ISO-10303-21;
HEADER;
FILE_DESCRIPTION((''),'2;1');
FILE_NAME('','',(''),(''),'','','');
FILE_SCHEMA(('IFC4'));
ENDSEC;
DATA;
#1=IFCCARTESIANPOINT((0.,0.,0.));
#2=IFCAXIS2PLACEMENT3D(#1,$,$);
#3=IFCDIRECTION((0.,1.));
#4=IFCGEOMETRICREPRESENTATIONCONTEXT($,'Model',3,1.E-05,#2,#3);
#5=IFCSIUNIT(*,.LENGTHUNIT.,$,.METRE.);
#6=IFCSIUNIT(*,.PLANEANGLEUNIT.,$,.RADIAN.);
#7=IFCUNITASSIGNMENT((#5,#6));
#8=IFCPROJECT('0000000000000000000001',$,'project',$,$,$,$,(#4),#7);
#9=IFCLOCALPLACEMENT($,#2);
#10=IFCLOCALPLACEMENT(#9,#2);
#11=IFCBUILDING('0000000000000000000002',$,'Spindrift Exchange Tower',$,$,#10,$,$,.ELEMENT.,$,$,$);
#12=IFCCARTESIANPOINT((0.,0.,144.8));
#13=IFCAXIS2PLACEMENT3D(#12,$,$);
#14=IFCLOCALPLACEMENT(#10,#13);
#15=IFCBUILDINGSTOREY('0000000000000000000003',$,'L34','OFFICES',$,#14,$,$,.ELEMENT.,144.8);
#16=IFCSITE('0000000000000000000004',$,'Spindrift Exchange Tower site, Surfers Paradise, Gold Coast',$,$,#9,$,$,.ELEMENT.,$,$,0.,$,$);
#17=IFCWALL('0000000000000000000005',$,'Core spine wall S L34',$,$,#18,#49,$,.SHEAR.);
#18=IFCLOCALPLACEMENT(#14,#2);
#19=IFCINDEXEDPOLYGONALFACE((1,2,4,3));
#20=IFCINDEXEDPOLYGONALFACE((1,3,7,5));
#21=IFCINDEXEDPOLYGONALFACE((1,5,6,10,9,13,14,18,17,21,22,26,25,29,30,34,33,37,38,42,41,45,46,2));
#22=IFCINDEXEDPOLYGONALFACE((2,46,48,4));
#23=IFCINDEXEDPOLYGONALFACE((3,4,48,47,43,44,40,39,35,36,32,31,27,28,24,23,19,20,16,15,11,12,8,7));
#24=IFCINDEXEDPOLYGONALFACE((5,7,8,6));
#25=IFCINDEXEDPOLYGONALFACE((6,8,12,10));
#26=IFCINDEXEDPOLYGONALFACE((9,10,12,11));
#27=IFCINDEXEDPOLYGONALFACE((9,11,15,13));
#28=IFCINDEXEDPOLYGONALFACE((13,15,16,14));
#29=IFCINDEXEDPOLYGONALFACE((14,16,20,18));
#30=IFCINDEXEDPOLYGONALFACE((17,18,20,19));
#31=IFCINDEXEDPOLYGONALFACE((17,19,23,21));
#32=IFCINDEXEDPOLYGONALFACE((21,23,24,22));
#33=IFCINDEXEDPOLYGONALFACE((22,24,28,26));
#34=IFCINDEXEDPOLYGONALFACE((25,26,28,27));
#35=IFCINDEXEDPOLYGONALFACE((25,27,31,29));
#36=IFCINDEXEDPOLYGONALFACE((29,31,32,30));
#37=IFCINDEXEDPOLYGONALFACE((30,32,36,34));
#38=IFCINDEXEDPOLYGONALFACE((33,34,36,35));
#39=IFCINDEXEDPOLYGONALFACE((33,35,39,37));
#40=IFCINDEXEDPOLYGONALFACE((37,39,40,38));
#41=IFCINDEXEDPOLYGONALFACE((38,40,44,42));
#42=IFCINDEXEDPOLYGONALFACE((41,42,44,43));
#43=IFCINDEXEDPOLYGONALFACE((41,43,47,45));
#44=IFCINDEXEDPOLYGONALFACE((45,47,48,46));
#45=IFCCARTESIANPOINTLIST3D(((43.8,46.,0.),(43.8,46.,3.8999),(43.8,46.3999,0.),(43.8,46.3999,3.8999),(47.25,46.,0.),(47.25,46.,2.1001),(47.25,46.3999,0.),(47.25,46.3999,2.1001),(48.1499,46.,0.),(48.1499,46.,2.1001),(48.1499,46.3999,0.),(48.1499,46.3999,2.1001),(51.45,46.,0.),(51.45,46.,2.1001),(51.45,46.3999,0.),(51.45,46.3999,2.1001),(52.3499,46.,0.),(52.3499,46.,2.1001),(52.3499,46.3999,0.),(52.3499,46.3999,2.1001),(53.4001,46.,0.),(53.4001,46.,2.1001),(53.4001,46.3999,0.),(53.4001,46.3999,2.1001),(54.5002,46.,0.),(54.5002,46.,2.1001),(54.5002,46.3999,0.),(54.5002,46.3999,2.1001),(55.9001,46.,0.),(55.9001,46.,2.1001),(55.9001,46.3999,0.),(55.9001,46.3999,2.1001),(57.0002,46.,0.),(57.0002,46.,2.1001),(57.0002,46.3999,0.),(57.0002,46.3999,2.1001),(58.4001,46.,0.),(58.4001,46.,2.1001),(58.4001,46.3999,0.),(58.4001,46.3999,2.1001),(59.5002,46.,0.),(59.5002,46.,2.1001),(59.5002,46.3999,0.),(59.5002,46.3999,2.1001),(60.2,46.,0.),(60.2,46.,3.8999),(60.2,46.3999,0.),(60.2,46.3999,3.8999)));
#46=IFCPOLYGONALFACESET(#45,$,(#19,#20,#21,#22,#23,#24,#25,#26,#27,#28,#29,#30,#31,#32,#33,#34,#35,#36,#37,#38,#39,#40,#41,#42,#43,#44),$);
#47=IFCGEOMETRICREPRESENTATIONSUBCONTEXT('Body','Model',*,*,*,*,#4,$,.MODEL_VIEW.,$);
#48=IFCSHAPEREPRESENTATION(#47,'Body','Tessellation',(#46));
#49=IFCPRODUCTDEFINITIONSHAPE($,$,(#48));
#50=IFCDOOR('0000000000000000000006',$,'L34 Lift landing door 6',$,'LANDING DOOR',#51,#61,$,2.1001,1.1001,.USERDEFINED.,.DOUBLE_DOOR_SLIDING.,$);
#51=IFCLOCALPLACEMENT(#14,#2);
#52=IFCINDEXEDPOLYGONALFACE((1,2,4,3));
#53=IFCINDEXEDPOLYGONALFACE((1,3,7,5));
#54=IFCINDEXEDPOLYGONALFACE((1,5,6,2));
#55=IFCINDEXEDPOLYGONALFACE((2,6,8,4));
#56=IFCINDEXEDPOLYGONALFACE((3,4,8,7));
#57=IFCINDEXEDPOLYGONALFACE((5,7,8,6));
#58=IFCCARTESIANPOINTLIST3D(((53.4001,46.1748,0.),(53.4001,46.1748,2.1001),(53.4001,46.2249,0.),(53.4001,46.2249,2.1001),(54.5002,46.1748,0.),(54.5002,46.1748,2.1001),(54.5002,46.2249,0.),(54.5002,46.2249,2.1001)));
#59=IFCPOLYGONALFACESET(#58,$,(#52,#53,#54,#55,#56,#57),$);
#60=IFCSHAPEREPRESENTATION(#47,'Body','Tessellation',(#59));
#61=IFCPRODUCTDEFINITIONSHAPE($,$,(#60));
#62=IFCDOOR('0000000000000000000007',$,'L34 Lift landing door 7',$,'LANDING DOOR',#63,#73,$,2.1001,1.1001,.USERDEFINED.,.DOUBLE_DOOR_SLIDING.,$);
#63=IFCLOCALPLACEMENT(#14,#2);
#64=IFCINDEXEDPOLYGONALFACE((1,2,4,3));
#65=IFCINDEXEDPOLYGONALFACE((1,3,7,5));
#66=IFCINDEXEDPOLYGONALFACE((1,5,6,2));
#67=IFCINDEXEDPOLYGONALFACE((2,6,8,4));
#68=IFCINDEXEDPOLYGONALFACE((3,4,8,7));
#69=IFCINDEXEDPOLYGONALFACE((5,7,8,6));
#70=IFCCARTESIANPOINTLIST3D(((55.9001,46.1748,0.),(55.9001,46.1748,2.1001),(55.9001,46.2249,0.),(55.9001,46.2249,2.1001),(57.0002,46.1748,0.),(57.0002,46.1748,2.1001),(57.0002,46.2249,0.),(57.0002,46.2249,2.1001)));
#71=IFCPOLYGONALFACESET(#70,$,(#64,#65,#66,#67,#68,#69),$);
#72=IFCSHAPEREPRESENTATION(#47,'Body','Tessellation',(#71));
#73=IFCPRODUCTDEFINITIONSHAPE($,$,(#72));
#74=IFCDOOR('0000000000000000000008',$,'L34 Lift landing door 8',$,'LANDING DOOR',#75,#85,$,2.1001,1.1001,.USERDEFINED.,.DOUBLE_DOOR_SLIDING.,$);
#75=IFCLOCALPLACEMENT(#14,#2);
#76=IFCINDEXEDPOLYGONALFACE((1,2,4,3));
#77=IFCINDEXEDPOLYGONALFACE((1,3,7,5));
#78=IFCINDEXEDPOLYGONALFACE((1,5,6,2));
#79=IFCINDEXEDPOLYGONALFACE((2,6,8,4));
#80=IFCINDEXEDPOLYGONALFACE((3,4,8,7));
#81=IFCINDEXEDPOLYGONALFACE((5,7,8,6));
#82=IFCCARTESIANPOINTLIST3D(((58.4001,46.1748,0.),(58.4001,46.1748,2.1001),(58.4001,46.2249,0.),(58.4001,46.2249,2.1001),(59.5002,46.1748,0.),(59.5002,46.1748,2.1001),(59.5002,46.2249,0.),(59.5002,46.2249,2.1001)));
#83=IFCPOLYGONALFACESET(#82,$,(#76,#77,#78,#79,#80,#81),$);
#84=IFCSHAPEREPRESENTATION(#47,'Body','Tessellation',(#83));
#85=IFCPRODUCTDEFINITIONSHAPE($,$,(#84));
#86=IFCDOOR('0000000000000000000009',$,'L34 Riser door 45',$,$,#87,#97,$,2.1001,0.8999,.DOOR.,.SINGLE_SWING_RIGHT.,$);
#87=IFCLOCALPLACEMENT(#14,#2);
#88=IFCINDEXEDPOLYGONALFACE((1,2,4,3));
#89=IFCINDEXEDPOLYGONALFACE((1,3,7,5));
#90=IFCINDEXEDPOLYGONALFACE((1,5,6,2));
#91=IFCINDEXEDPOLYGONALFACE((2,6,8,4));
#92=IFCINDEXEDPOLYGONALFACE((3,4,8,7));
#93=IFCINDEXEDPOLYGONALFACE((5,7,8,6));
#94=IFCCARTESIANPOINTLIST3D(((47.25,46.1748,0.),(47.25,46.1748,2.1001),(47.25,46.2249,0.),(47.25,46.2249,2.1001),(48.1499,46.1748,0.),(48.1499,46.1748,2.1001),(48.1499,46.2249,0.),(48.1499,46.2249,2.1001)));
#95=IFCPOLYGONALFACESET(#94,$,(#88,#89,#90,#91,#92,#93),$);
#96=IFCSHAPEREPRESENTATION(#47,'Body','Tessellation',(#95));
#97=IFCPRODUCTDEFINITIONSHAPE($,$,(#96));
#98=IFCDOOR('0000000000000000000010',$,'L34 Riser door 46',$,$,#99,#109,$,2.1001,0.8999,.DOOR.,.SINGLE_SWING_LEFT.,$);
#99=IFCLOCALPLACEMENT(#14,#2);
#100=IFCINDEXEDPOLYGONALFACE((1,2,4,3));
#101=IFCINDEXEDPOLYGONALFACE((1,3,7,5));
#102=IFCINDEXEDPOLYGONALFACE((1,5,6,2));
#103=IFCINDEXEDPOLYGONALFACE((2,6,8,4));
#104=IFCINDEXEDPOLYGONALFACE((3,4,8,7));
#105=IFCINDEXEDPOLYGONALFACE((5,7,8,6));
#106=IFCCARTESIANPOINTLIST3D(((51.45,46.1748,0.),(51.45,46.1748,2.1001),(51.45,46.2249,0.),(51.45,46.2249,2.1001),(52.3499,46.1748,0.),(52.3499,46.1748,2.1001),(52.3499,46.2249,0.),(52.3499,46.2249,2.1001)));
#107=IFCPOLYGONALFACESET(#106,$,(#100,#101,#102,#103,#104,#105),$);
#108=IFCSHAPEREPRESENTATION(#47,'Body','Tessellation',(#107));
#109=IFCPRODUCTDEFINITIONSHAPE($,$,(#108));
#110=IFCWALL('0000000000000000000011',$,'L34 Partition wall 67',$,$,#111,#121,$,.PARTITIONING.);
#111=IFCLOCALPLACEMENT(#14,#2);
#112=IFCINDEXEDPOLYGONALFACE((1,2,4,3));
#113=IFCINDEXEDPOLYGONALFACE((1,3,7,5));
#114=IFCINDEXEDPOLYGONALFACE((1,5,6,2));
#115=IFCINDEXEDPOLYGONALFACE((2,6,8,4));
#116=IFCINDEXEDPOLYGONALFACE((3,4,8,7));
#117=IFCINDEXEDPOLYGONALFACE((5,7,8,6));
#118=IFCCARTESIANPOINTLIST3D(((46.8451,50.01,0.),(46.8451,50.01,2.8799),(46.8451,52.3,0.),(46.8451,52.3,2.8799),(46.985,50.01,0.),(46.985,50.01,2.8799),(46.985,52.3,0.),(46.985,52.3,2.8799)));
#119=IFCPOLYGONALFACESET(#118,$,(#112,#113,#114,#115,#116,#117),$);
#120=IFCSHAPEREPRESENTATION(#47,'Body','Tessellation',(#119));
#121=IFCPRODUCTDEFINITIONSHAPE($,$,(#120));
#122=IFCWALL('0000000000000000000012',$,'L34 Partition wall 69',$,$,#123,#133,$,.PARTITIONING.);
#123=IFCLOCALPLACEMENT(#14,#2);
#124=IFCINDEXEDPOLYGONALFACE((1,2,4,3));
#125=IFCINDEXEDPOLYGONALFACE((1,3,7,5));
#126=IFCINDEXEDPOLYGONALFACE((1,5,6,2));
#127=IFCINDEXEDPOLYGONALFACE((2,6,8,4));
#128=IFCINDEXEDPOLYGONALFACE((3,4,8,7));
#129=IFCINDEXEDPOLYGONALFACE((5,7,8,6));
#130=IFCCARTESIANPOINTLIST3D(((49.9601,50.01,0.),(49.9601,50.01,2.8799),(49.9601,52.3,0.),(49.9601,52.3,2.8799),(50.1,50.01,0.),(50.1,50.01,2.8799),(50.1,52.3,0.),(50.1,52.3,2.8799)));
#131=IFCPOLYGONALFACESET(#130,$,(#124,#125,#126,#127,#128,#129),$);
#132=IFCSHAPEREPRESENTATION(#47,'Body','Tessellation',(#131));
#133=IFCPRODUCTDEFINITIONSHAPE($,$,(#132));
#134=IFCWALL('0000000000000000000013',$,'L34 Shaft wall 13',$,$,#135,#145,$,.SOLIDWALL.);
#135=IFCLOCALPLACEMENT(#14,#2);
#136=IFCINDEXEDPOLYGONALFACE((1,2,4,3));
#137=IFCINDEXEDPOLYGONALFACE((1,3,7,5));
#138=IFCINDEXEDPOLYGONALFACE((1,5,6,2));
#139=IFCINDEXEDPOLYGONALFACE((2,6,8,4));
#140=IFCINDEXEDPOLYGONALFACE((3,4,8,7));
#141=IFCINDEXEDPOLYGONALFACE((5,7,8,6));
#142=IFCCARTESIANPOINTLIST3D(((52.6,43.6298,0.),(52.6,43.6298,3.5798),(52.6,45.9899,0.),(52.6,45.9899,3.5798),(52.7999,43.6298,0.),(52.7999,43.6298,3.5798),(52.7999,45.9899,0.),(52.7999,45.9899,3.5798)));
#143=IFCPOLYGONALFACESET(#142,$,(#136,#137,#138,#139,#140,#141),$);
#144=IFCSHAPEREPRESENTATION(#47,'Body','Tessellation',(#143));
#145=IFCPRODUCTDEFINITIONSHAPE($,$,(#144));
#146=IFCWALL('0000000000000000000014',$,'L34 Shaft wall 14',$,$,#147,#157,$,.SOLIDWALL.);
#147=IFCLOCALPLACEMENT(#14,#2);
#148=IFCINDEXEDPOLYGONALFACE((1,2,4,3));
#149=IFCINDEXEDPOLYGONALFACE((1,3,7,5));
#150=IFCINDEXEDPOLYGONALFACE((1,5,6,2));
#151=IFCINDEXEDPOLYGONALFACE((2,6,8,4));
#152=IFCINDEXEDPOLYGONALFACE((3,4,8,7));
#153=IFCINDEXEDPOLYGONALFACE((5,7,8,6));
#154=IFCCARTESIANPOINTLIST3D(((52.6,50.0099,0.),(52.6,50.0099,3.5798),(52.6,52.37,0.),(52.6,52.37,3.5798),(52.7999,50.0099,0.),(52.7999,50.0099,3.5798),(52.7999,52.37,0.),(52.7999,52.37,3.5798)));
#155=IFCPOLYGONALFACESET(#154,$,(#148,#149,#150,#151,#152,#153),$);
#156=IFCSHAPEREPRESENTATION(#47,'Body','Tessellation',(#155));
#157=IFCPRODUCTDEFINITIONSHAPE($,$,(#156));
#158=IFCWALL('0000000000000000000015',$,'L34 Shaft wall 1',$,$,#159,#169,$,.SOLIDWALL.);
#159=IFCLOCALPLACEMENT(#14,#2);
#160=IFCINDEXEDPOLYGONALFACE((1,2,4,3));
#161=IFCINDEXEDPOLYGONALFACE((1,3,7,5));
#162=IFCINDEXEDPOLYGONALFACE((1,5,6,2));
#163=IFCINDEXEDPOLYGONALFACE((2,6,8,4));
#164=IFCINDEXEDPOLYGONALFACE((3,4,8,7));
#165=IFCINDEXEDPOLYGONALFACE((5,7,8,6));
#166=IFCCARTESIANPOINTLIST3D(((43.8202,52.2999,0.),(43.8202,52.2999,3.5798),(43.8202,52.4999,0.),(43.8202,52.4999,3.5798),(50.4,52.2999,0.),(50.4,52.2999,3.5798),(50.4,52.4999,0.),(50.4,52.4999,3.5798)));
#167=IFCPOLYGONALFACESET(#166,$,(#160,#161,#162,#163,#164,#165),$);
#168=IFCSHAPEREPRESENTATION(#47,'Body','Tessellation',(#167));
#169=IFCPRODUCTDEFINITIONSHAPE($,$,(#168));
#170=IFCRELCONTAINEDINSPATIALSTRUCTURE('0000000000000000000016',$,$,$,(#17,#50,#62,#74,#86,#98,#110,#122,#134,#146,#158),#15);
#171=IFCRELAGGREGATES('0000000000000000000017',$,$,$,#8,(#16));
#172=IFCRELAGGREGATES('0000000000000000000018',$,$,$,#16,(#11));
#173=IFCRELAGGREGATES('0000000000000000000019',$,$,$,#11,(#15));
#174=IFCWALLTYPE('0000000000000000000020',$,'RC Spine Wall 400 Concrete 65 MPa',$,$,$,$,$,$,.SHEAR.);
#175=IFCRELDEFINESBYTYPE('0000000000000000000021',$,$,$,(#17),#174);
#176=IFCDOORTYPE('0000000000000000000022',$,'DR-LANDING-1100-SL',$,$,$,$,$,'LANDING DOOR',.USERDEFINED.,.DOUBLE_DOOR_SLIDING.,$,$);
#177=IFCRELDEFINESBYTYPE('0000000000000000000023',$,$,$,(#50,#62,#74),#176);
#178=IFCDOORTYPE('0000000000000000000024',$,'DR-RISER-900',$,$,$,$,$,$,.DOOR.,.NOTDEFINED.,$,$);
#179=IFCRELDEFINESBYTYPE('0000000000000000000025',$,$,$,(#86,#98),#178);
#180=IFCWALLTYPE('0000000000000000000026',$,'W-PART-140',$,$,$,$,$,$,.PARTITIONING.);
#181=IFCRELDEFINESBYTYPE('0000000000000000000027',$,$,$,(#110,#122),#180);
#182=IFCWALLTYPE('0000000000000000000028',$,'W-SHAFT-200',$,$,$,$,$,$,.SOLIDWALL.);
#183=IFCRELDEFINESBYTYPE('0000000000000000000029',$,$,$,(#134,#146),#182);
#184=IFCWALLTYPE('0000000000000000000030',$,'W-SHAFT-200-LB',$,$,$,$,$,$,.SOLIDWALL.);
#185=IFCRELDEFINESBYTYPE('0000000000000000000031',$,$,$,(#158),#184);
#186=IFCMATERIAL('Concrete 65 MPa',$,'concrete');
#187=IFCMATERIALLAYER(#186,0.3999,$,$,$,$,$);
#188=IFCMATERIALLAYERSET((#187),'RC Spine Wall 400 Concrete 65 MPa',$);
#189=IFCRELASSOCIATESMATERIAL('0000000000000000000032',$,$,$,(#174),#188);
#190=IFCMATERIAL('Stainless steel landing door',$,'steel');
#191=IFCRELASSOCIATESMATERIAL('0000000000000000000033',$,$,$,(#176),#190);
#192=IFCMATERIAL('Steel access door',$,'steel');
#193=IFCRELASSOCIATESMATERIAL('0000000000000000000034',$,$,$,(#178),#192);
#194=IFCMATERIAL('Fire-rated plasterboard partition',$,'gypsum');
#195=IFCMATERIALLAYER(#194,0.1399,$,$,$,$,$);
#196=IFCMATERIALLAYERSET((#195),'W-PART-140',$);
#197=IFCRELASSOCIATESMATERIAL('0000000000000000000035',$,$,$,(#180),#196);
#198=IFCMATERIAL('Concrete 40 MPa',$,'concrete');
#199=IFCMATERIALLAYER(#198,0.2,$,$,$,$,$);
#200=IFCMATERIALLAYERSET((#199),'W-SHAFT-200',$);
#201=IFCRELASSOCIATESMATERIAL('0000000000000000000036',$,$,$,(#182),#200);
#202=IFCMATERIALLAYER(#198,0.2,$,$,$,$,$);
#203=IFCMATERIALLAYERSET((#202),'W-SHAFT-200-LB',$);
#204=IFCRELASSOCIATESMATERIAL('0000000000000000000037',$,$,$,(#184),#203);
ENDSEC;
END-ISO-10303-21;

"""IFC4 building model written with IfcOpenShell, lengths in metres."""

from ifc_helpers import new_model, si_unit, direction, frame, frame_2d, origin, place, context, subcontext, project, spatial, rectangle, extrude, source, transform, mapped, material, layer, layer_set, type_object, element, fill, save


model = new_model("IFC4")

# Units and contexts
model_context = context("Model", 3, precision=1e-05, world=origin(), true_north=direction((0.0, 1.0)))
body_context = subcontext(model_context, "Body", "Model", "MODEL_VIEW")
ifc_project = project(units=[si_unit("LENGTHUNIT", "METRE"), si_unit("PLANEANGLEUNIT", "RADIAN")], contexts=[model_context])

# Site, building, storey
site_placement = place(None, origin())
site = spatial("IfcSite", under=ifc_project, at=site_placement, Name="Spindrift Exchange Tower site, Surfers Paradise, Gold Coast", CompositionType="ELEMENT", RefElevation=0.0)
building_placement = place(site_placement, origin())
building = spatial("IfcBuilding", under=site, at=building_placement, Name="Spindrift Exchange Tower", CompositionType="ELEMENT")
storey_placement = place(building_placement, frame((0.0, 0.0, 144.8)))
storey = spatial("IfcBuildingStorey", under=building, at=storey_placement, Name="L34", Description="OFFICES", CompositionType="ELEMENT", Elevation=144.8)

# Wall, openings, doors
ifc_material_1 = material(Name="Concrete 65 MPa", Category="concrete")
ifc_layer_1 = layer(ifc_material_1, 0.3999)
ifc_layer_set_1 = layer_set([ifc_layer_1], Name="RC Spine Wall 400 Concrete 65 MPa")
wall_type_1 = type_object("IfcWallType", Name="RC Spine Wall 400 Concrete 65 MPa", PredefinedType="SHEAR", material=ifc_layer_set_1)
ifc_material_2 = material(Name="Stainless steel landing door", Category="steel")
door_type_1 = type_object("IfcDoorType", Name="DR-LANDING-1100-SL", ElementType="LANDING DOOR", OperationType="DOUBLE_DOOR_SLIDING", PredefinedType="USERDEFINED", material=ifc_material_2)
shared_shape_1 = source(origin(), body_context, "Body", "SweptSolid", [
    extrude(rectangle(XDim=1.1001, YDim=2.1001, at=frame_2d((0.55, 1.05))), frame((0.0, 0.0249, 0.0), z_axis=(0.0, -1.0, 0.0), x_axis=(1.0, 0.0, 0.0)), (0.0, 0.0, 1.0), 0.05),
])
ifc_material_3 = material(Name="Steel access door", Category="steel")
door_type_2 = type_object("IfcDoorType", Name="DR-RISER-900", OperationType="NOTDEFINED", PredefinedType="DOOR", material=ifc_material_3)
shared_shape_2 = source(origin(), body_context, "Body", "SweptSolid", [
    extrude(rectangle(XDim=0.8999, YDim=2.1001, at=frame_2d((0.45, 1.05))), frame((0.0, 0.0249, 0.0), z_axis=(0.0, -1.0, 0.0), x_axis=(1.0, 0.0, 0.0)), (0.0, 0.0, 1.0), 0.05),
])
wall_1_placement = place(storey_placement, frame((43.8, 46.2, 0.0), z_axis=(0.0, 0.0, 1.0), x_axis=(1.0, 0.0, 0.0)))
wall_1 = element("IfcWall", 1, at=wall_1_placement, inside=storey, type_object=wall_type_1, Name="Core spine wall S L34", PredefinedType="SHEAR", context=body_context, shape_type="SweptSolid", body=[
    extrude(rectangle(XDim=16.3999, YDim=0.3999, at=frame_2d((8.2, 0.0))), origin(), (0.0, 0.0, 1.0), 3.8999),
])
opening_1_placement = place(wall_1_placement, frame((9.6001, 0.0, 0.0)))
opening_1 = element("IfcOpeningElement", 2, at=opening_1_placement, cuts=wall_1, PredefinedType="OPENING", context=body_context, shape_type="SweptSolid", body=[
    extrude(rectangle(XDim=1.1001, YDim=2.1001, at=frame_2d((0.55, 1.05))), frame((0.0, 0.21, 0.0), z_axis=(0.0, -1.0, 0.0), x_axis=(1.0, 0.0, 0.0)), (0.0, 0.0, 1.0), 0.4199),
])
opening_2_placement = place(wall_1_placement, frame((12.1001, 0.0, 0.0)))
opening_2 = element("IfcOpeningElement", 3, at=opening_2_placement, cuts=wall_1, PredefinedType="OPENING", context=body_context, shape_type="SweptSolid", body=[
    extrude(rectangle(XDim=1.1001, YDim=2.1001, at=frame_2d((0.55, 1.05))), frame((0.0, 0.21, 0.0), z_axis=(0.0, -1.0, 0.0), x_axis=(1.0, 0.0, 0.0)), (0.0, 0.0, 1.0), 0.4199),
])
opening_3_placement = place(wall_1_placement, frame((14.6001, 0.0, 0.0)))
opening_3 = element("IfcOpeningElement", 4, at=opening_3_placement, cuts=wall_1, PredefinedType="OPENING", context=body_context, shape_type="SweptSolid", body=[
    extrude(rectangle(XDim=1.1001, YDim=2.1001, at=frame_2d((0.55, 1.05))), frame((0.0, 0.21, 0.0), z_axis=(0.0, -1.0, 0.0), x_axis=(1.0, 0.0, 0.0)), (0.0, 0.0, 1.0), 0.4199),
])
opening_4_placement = place(wall_1_placement, frame((3.45, 0.0, 0.0)))
opening_4 = element("IfcOpeningElement", 5, at=opening_4_placement, cuts=wall_1, PredefinedType="OPENING", context=body_context, shape_type="SweptSolid", body=[
    extrude(rectangle(XDim=0.8999, YDim=2.1001, at=frame_2d((0.45, 1.05))), frame((0.0, 0.21, 0.0), z_axis=(0.0, -1.0, 0.0), x_axis=(1.0, 0.0, 0.0)), (0.0, 0.0, 1.0), 0.4199),
])
opening_5_placement = place(wall_1_placement, frame((7.6499, 0.0, 0.0)))
opening_5 = element("IfcOpeningElement", 6, at=opening_5_placement, cuts=wall_1, PredefinedType="OPENING", context=body_context, shape_type="SweptSolid", body=[
    extrude(rectangle(XDim=0.8999, YDim=2.1001, at=frame_2d((0.45, 1.05))), frame((0.0, 0.21, 0.0), z_axis=(0.0, -1.0, 0.0), x_axis=(1.0, 0.0, 0.0)), (0.0, 0.0, 1.0), 0.4199),
])
door_1_placement = place(opening_1_placement, origin())
door_1 = element("IfcDoor", 7, at=door_1_placement, inside=storey, type_object=door_type_1, Name="L34 Lift landing door 6", ObjectType="LANDING DOOR", OperationType="DOUBLE_DOOR_SLIDING", OverallHeight=2.1001, OverallWidth=1.1001, PredefinedType="USERDEFINED", context=body_context, shape_type="MappedRepresentation", body=[
    mapped(shared_shape_1, transform((0.0, 0.0, 0.0), scale=1.0)),
])
fill(opening_1, door_1)
door_2_placement = place(opening_2_placement, origin())
door_2 = element("IfcDoor", 8, at=door_2_placement, inside=storey, type_object=door_type_1, Name="L34 Lift landing door 7", ObjectType="LANDING DOOR", OperationType="DOUBLE_DOOR_SLIDING", OverallHeight=2.1001, OverallWidth=1.1001, PredefinedType="USERDEFINED", context=body_context, shape_type="MappedRepresentation", body=[
    mapped(shared_shape_1, transform((0.0, 0.0, 0.0), scale=1.0)),
])
fill(opening_2, door_2)
door_3_placement = place(opening_3_placement, origin())
door_3 = element("IfcDoor", 9, at=door_3_placement, inside=storey, type_object=door_type_1, Name="L34 Lift landing door 8", ObjectType="LANDING DOOR", OperationType="DOUBLE_DOOR_SLIDING", OverallHeight=2.1001, OverallWidth=1.1001, PredefinedType="USERDEFINED", context=body_context, shape_type="MappedRepresentation", body=[
    mapped(shared_shape_1, transform((0.0, 0.0, 0.0), scale=1.0)),
])
fill(opening_3, door_3)
door_4_placement = place(opening_4_placement, origin())
door_4 = element("IfcDoor", 10, at=door_4_placement, inside=storey, type_object=door_type_2, Name="L34 Riser door 45", OperationType="SINGLE_SWING_RIGHT", OverallHeight=2.1001, OverallWidth=0.8999, PredefinedType="DOOR", context=body_context, shape_type="MappedRepresentation", body=[
    mapped(shared_shape_2, transform((0.0, 0.0, 0.0), scale=1.0)),
])
fill(opening_4, door_4)
door_5_placement = place(opening_5_placement, origin())
door_5 = element("IfcDoor", 11, at=door_5_placement, inside=storey, type_object=door_type_2, Name="L34 Riser door 46", OperationType="SINGLE_SWING_LEFT", OverallHeight=2.1001, OverallWidth=0.8999, PredefinedType="DOOR", context=body_context, shape_type="MappedRepresentation", body=[
    mapped(shared_shape_2, transform((0.0, 0.0, 0.0), scale=1.0)),
])
fill(opening_5, door_5)

# Walls
ifc_material_4 = material(Name="Fire-rated plasterboard partition", Category="gypsum")
ifc_layer_2 = layer(ifc_material_4, 0.1399)
ifc_layer_set_2 = layer_set([ifc_layer_2], Name="W-PART-140")
wall_type_2 = type_object("IfcWallType", Name="W-PART-140", PredefinedType="PARTITIONING", material=ifc_layer_set_2)
for number, where, z_axis, x_axis, name in (
    (12, (46.915, 50.01, 0.0), (0.0, 0.0, 1.0), (0.0, 1.0, 0.0), "L34 Partition wall 67"),
    (13, (50.03, 50.01, 0.0), (0.0, 0.0, 1.0), (0.0, 1.0, 0.0), "L34 Partition wall 69"),
):
    element("IfcWall", number, at=place(storey_placement, frame(where, z_axis=z_axis, x_axis=x_axis)), inside=storey, type_object=wall_type_2, Name=name, PredefinedType="PARTITIONING", context=body_context, shape_type="SweptSolid", body=[
        extrude(rectangle(XDim=2.29, YDim=0.1399, at=frame_2d((1.145, 0.0))), origin(), (0.0, 0.0, 1.0), 2.8799),
    ])
ifc_material_5 = material(Name="Concrete 40 MPa", Category="concrete")
ifc_layer_3 = layer(ifc_material_5, 0.2)
ifc_layer_set_3 = layer_set([ifc_layer_3], Name="W-SHAFT-200")
wall_type_3 = type_object("IfcWallType", Name="W-SHAFT-200", PredefinedType="SOLIDWALL", material=ifc_layer_set_3)
for number, where, z_axis, x_axis, name in (
    (14, (52.7, 45.99, 0.0), (0.0, 0.0, 1.0), (0.0, -1.0, 0.0), "L34 Shaft wall 13"),
    (15, (52.7, 52.3701, 0.0), (0.0, 0.0, 1.0), (0.0, -1.0, 0.0), "L34 Shaft wall 14"),
):
    element("IfcWall", number, at=place(storey_placement, frame(where, z_axis=z_axis, x_axis=x_axis)), inside=storey, type_object=wall_type_3, Name=name, PredefinedType="SOLIDWALL", context=body_context, shape_type="SweptSolid", body=[
        extrude(rectangle(XDim=2.3601, YDim=0.2, at=frame_2d((1.1802, 0.0))), origin(), (0.0, 0.0, 1.0), 3.5798),
    ])
ifc_layer_4 = layer(ifc_material_5, 0.2)
ifc_layer_set_4 = layer_set([ifc_layer_4], Name="W-SHAFT-200-LB")
wall_type_4 = type_object("IfcWallType", Name="W-SHAFT-200-LB", PredefinedType="SOLIDWALL", material=ifc_layer_set_4)
wall_2_placement = place(storey_placement, frame((43.8201, 52.3999, 0.0), z_axis=(0.0, 0.0, 1.0), x_axis=(1.0, 0.0, 0.0)))
element("IfcWall", 16, at=wall_2_placement, inside=storey, type_object=wall_type_4, Name="L34 Shaft wall 1", PredefinedType="SOLIDWALL", context=body_context, shape_type="SweptSolid", body=[
    extrude(rectangle(XDim=6.5798, YDim=0.2, at=frame_2d((3.29, 0.0))), origin(), (0.0, 0.0, 1.0), 3.5798),
])

save(model, "model.ifc")
